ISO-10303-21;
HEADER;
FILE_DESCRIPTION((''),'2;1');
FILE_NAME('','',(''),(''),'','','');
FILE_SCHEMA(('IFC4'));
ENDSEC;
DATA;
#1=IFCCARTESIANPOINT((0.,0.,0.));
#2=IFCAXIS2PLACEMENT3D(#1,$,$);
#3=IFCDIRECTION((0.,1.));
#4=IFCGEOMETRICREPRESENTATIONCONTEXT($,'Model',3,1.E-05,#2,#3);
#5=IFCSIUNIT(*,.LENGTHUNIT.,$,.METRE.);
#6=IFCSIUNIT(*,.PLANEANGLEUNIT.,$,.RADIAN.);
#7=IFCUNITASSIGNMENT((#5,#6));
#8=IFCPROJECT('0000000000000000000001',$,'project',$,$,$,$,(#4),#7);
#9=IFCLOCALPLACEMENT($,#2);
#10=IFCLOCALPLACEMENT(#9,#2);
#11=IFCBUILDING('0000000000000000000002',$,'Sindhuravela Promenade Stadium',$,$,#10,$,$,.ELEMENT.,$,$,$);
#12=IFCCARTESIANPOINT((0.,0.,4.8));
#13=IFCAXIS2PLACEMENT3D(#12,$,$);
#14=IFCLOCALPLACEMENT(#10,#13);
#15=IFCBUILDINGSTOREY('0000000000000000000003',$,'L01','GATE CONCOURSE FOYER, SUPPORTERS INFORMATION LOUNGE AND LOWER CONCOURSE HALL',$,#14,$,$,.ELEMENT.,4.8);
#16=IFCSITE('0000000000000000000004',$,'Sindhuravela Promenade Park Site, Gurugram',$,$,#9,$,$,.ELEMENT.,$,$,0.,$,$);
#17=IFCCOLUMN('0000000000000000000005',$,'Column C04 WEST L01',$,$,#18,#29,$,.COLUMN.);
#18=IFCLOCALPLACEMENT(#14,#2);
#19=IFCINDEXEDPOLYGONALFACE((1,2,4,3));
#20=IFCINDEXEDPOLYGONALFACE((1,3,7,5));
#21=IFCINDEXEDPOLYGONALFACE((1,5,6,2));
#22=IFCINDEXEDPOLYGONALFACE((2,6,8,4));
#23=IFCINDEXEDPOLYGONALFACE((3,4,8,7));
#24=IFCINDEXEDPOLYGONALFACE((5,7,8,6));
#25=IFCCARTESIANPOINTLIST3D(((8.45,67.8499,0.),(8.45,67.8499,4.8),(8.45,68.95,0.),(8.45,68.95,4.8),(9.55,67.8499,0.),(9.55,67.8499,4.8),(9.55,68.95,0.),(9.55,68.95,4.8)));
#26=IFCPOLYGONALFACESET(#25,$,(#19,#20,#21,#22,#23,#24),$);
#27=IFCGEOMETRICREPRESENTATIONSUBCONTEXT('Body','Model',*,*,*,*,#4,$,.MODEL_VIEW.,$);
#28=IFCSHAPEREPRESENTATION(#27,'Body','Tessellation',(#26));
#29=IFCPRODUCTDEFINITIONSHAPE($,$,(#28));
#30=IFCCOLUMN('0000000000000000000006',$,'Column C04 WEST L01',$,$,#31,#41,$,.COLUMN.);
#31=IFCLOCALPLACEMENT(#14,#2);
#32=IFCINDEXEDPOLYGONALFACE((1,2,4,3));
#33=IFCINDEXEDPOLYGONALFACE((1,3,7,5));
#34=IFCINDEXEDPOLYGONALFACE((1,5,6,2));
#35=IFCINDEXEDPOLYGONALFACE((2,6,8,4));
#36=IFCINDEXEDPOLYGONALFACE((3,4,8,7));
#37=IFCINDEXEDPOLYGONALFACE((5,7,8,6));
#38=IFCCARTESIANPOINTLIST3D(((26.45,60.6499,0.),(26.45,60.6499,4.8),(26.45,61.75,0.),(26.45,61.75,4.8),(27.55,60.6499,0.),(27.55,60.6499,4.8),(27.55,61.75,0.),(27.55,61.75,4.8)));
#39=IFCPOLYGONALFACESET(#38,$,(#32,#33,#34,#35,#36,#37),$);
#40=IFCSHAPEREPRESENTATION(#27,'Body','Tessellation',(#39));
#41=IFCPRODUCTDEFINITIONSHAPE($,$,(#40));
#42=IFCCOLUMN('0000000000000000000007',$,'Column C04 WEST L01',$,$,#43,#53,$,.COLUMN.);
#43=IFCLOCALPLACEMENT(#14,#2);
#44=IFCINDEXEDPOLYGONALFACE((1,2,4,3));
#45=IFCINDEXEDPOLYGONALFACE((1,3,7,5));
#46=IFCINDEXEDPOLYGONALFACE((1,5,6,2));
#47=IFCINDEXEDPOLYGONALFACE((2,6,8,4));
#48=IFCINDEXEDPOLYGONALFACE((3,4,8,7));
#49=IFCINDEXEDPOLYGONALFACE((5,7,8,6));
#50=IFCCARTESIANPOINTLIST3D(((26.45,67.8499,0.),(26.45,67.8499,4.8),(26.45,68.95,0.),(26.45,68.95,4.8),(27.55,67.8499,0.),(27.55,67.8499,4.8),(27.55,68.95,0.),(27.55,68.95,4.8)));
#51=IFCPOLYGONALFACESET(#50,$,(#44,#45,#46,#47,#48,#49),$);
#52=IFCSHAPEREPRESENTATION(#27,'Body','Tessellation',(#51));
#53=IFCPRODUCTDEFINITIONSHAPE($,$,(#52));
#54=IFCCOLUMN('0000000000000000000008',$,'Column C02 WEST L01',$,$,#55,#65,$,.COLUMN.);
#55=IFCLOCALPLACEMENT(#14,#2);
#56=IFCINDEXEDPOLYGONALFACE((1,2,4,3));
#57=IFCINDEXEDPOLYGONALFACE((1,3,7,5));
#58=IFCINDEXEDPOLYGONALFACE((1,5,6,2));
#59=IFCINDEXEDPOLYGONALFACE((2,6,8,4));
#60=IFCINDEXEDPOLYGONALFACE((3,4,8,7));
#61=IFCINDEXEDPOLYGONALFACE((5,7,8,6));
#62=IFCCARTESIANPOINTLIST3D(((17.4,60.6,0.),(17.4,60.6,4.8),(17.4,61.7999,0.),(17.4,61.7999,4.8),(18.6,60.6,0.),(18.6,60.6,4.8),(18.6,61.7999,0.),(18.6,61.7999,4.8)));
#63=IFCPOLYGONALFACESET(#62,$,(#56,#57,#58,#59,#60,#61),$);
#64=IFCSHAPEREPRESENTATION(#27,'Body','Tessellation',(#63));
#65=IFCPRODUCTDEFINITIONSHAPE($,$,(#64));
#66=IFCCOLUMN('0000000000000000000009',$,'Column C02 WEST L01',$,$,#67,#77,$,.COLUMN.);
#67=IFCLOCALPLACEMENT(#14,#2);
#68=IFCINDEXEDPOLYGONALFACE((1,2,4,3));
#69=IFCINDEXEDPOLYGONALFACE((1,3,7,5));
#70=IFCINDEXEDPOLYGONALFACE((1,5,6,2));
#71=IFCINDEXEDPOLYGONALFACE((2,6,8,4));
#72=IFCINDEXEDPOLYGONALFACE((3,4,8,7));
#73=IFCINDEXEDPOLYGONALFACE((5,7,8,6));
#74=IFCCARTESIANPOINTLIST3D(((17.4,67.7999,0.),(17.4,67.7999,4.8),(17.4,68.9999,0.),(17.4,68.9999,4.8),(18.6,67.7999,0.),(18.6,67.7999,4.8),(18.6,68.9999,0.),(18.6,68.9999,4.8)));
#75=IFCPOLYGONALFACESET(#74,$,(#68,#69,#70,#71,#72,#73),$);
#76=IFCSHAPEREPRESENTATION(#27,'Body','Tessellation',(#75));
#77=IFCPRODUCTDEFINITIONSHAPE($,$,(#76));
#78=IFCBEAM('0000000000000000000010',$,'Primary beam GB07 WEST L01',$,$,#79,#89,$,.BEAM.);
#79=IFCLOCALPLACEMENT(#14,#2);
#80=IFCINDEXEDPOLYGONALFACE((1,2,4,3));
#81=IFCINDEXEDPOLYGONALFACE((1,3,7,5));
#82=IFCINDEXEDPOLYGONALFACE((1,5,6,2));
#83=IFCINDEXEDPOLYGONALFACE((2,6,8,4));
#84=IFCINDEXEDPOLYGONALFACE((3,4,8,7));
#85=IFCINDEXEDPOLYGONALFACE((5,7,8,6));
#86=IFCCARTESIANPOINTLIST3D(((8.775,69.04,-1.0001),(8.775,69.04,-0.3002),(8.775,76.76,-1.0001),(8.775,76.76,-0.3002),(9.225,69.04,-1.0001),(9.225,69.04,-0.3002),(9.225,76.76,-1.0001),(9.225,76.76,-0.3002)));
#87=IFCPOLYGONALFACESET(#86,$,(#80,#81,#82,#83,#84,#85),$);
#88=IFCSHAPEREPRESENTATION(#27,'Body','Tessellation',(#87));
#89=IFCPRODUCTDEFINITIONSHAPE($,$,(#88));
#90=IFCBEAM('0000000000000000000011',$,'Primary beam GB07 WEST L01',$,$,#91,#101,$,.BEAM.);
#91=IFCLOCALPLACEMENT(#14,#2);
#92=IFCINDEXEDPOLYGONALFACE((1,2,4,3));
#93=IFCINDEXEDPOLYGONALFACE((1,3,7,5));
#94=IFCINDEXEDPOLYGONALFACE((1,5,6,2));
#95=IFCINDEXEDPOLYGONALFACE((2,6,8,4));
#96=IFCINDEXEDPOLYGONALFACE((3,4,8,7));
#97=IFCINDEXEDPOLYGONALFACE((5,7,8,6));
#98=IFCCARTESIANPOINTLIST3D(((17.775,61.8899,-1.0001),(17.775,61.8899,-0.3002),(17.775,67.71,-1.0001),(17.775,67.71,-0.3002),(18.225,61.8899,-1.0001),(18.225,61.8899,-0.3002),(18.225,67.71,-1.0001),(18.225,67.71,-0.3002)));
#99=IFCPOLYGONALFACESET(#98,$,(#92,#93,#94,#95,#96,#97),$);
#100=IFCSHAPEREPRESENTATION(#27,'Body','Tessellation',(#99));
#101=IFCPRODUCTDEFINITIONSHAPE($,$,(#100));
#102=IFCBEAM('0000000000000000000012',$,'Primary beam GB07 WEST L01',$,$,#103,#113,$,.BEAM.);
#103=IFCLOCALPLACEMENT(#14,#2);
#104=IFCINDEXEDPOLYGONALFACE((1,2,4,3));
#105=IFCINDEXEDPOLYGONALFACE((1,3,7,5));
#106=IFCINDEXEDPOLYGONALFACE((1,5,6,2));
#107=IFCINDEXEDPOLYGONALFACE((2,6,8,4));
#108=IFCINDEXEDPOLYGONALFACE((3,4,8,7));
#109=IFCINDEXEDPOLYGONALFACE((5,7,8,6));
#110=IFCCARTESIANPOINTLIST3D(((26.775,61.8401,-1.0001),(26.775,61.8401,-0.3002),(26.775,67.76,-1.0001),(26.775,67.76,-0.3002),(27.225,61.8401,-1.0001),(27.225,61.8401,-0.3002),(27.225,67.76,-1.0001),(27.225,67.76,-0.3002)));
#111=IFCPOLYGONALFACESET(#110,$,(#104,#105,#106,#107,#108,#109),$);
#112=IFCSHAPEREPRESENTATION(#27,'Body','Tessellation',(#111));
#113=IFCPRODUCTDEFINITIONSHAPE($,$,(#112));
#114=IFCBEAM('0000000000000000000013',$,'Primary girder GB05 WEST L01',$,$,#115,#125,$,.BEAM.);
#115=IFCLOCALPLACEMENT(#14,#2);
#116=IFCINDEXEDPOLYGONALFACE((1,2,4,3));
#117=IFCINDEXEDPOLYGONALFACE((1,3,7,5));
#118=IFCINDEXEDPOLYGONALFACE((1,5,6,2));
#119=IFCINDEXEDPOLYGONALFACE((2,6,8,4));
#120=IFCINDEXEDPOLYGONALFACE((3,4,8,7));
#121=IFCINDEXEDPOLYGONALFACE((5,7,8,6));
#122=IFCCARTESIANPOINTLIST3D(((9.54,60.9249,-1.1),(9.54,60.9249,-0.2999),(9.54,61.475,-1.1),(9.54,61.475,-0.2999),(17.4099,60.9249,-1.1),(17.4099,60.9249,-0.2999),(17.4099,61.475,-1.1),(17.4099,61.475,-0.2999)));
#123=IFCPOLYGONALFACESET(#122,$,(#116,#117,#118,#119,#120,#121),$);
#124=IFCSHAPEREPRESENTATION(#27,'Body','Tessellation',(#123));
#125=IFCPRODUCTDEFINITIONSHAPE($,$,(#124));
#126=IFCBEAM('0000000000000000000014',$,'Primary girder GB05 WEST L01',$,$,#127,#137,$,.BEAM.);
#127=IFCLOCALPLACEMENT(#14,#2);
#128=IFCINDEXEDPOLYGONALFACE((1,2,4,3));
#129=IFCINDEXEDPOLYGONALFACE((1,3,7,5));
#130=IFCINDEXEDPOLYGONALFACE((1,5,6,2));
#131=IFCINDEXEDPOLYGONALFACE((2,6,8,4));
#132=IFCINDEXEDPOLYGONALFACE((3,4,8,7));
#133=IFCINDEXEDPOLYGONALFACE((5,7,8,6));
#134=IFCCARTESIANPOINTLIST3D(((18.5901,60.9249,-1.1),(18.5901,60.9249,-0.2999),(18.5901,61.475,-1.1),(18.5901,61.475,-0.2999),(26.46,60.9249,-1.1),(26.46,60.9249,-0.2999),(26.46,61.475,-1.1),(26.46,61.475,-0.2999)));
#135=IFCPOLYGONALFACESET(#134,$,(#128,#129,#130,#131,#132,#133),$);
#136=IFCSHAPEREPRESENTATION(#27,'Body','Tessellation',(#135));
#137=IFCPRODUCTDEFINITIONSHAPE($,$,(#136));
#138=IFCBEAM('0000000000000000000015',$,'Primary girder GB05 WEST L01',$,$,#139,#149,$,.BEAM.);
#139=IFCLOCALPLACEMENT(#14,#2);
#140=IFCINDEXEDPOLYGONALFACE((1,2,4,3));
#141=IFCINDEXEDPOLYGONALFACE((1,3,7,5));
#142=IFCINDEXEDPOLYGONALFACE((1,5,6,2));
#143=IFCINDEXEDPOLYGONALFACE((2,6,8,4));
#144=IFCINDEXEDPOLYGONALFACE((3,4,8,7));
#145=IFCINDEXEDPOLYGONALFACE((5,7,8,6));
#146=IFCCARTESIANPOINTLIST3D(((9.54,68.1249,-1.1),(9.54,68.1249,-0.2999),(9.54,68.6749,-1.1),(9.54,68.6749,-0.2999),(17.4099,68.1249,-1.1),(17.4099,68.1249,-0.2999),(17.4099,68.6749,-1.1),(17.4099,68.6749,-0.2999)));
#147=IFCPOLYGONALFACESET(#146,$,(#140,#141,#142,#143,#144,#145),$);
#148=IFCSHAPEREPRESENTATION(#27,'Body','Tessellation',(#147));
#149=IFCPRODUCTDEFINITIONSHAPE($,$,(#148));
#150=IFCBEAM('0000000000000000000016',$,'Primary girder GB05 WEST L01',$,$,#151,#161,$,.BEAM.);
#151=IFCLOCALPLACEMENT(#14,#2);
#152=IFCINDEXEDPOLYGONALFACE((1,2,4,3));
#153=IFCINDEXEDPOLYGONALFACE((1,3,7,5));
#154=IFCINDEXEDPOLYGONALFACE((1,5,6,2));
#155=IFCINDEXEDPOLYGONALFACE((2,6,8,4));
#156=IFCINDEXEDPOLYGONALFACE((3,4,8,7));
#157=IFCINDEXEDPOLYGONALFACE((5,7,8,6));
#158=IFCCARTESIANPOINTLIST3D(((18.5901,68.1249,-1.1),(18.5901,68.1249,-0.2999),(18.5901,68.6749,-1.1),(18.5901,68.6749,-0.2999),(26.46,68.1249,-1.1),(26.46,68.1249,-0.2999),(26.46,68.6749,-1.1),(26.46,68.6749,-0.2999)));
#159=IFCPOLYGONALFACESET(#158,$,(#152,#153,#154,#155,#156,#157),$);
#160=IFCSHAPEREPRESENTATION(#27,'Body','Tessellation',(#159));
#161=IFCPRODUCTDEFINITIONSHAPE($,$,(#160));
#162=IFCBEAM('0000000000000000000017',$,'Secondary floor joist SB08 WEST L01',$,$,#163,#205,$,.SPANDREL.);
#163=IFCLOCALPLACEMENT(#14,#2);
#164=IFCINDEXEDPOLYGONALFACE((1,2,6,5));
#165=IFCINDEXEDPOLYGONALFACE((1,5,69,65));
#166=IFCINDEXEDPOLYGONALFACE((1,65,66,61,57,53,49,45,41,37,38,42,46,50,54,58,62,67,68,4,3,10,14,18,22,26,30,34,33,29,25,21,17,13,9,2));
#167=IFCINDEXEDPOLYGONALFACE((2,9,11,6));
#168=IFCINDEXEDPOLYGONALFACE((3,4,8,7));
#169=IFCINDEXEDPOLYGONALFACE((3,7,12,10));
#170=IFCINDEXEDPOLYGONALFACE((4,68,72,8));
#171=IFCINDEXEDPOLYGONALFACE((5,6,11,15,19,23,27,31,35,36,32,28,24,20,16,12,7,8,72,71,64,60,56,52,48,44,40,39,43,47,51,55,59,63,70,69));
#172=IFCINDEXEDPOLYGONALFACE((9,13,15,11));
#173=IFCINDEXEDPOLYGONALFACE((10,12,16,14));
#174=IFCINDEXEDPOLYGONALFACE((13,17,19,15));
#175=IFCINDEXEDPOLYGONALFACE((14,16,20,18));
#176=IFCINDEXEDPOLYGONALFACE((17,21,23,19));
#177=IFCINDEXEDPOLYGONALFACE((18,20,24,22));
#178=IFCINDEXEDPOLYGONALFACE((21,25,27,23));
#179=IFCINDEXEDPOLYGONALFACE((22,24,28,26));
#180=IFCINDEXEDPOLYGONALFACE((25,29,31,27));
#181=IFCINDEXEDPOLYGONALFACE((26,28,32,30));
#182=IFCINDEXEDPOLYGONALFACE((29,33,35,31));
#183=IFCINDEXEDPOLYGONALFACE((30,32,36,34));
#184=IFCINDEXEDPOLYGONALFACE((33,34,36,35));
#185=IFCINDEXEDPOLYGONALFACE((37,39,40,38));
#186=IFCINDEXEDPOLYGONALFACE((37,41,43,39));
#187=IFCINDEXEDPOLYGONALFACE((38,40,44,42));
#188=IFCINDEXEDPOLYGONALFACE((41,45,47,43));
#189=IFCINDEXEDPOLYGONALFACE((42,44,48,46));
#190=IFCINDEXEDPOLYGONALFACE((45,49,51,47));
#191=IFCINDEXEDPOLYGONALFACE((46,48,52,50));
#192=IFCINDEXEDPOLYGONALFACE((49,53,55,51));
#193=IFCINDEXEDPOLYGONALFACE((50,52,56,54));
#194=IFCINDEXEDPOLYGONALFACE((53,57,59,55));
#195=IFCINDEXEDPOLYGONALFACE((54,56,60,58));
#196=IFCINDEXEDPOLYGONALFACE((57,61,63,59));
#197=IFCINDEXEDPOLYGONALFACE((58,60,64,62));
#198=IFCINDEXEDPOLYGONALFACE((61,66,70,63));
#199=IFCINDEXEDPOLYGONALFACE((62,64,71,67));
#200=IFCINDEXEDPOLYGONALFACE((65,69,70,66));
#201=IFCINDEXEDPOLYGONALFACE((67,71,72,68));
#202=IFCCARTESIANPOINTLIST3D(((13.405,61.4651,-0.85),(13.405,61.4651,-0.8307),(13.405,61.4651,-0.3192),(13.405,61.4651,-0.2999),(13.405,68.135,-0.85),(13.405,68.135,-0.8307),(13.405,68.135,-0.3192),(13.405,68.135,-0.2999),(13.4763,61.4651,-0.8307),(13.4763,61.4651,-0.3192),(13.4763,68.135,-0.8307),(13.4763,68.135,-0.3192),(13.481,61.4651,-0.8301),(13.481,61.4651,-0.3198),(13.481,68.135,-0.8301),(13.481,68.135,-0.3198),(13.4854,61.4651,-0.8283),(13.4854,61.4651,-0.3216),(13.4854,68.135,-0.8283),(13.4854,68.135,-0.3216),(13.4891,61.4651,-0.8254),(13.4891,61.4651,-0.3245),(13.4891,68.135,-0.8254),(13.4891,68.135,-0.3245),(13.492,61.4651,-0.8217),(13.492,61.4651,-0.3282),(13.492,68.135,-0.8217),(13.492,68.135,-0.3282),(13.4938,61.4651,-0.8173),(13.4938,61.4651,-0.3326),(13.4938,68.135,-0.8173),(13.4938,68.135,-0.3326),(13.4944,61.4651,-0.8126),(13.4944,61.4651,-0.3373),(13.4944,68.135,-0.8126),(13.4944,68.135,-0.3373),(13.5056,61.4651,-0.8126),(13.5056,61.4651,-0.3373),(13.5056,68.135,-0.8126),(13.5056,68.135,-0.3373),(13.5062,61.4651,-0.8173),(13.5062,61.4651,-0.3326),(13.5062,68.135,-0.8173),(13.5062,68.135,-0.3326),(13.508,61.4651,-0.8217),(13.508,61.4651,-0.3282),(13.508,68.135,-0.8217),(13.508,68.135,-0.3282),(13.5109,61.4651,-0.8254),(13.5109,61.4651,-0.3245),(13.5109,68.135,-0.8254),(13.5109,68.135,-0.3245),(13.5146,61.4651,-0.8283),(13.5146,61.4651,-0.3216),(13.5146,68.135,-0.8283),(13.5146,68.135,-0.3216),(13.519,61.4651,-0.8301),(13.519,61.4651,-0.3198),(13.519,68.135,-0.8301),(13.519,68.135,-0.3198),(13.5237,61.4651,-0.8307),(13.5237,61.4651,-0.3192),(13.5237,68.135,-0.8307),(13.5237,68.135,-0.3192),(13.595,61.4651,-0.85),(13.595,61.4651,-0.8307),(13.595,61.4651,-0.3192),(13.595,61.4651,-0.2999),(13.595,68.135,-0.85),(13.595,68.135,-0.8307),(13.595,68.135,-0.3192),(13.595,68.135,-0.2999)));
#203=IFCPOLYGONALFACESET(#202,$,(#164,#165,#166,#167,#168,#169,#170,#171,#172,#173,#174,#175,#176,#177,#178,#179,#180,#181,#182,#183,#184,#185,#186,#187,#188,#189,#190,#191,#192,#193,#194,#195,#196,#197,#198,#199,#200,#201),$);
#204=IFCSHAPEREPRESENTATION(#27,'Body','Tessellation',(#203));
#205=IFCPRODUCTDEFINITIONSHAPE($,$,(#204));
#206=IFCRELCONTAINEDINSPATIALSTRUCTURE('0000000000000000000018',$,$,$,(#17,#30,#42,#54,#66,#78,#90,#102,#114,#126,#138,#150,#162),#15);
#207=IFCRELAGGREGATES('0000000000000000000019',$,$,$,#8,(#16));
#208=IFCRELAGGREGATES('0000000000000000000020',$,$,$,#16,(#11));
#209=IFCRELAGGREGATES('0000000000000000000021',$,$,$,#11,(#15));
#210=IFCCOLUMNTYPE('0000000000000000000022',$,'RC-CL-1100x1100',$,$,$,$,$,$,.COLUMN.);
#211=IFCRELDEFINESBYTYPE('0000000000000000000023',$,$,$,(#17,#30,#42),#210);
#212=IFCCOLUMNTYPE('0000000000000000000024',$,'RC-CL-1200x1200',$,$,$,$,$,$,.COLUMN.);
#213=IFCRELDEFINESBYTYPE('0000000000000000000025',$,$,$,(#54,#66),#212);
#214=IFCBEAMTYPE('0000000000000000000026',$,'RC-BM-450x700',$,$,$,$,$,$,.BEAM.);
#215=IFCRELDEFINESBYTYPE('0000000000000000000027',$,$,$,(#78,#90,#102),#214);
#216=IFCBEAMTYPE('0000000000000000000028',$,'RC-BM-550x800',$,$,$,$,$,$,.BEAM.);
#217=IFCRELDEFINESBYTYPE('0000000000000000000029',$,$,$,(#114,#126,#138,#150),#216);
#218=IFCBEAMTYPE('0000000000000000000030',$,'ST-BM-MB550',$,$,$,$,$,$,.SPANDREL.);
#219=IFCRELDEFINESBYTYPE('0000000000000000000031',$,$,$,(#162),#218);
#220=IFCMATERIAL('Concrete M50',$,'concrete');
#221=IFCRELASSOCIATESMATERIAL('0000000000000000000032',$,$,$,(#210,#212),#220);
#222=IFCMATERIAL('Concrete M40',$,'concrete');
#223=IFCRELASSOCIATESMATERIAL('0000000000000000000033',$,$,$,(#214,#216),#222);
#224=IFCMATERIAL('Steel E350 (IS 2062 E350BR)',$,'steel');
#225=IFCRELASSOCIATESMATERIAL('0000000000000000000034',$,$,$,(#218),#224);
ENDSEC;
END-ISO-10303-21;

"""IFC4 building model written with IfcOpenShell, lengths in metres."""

from ifc_helpers import new_model, si_unit, direction, frame, origin, origin_2d, place, context, subcontext, project, spatial, rectangle, i_section, extrude, material, material_profile, profile_set, type_object, element, save


model = new_model("IFC4")

# Units and contexts
model_context = context("Model", 3, precision=1e-05, world=origin(), true_north=direction((0.0, 1.0)))
body_context = subcontext(model_context, "Body", "Model", "MODEL_VIEW")
ifc_project = project(units=[si_unit("LENGTHUNIT", "METRE"), si_unit("PLANEANGLEUNIT", "RADIAN")], contexts=[model_context])

# Site, building, storey
site_placement = place(None, origin())
site = spatial("IfcSite", under=ifc_project, at=site_placement, Name="Sindhuravela Promenade Park Site, Gurugram", CompositionType="ELEMENT", RefElevation=0.0)
building_placement = place(site_placement, origin())
building = spatial("IfcBuilding", under=site, at=building_placement, Name="Sindhuravela Promenade Stadium", CompositionType="ELEMENT")
storey_placement = place(building_placement, frame((0.0, 0.0, 4.8)))
storey = spatial("IfcBuildingStorey", under=building, at=storey_placement, Name="L01", Description="GATE CONCOURSE FOYER, SUPPORTERS INFORMATION LOUNGE AND LOWER CONCOURSE HALL", CompositionType="ELEMENT", Elevation=4.8)

# Columns
ifc_material_1 = material(Name="Concrete M50", Category="concrete")
ifc_material_profile_1 = material_profile(ifc_material_1, rectangle(XDim=1.1001, YDim=1.1001, at=origin_2d()), Name="RC 1100x1100")
ifc_profile_set_1 = profile_set([ifc_material_profile_1], Name="Concrete M50")
column_type_1 = type_object("IfcColumnType", Name="RC-CL-1100x1100", PredefinedType="COLUMN", material=ifc_profile_set_1)
for number, where, z_axis, x_axis, name in (
    (1, (9.0, 68.3999, 0.0), (0.0, 0.0, 1.0), (1.0, 0.0, 0.0), "Column C04 WEST L01"),
    (2, (27.0, 61.2, 0.0), (0.0, 0.0, 1.0), (1.0, 0.0, 0.0), "Column C04 WEST L01"),
    (3, (27.0, 68.3999, 0.0), (0.0, 0.0, 1.0), (1.0, 0.0, 0.0), "Column C04 WEST L01"),
):
    element("IfcColumn", number, at=place(storey_placement, frame(where, z_axis=z_axis, x_axis=x_axis)), inside=storey, type_object=column_type_1, Name=name, PredefinedType="COLUMN", context=body_context, shape_type="SweptSolid", body=[
        extrude(rectangle(XDim=1.1001, YDim=1.1001, at=origin_2d()), origin(), (0.0, 0.0, 1.0), 4.8),
    ])
ifc_material_profile_2 = material_profile(ifc_material_1, rectangle(XDim=1.2, YDim=1.2, at=origin_2d()), Name="RC 1200x1200")
ifc_profile_set_2 = profile_set([ifc_material_profile_2], Name="Concrete M50")
column_type_2 = type_object("IfcColumnType", Name="RC-CL-1200x1200", PredefinedType="COLUMN", material=ifc_profile_set_2)
for number, where, z_axis, x_axis, name in (
    (4, (18.0, 61.2, 0.0), (0.0, 0.0, 1.0), (1.0, 0.0, 0.0), "Column C02 WEST L01"),
    (5, (18.0, 68.3999, 0.0), (0.0, 0.0, 1.0), (1.0, 0.0, 0.0), "Column C02 WEST L01"),
):
    element("IfcColumn", number, at=place(storey_placement, frame(where, z_axis=z_axis, x_axis=x_axis)), inside=storey, type_object=column_type_2, Name=name, PredefinedType="COLUMN", context=body_context, shape_type="SweptSolid", body=[
        extrude(rectangle(XDim=1.2, YDim=1.2, at=origin_2d()), origin(), (0.0, 0.0, 1.0), 4.8),
    ])

# Beams
ifc_material_2 = material(Name="Concrete M40", Category="concrete")
ifc_material_profile_3 = material_profile(ifc_material_2, rectangle(XDim=0.45, YDim=0.7, at=origin_2d()), Name="RC 450x700")
ifc_profile_set_3 = profile_set([ifc_material_profile_3], Name="Concrete M40")
beam_type_1 = type_object("IfcBeamType", Name="RC-BM-450x700", PredefinedType="BEAM", material=ifc_profile_set_3)
beam_1_placement = place(storey_placement, frame((9.0, 69.04, -0.6501), z_axis=(0.0, 1.0, 0.0), x_axis=(-1.0, 0.0, 0.0)))
element("IfcBeam", 6, at=beam_1_placement, inside=storey, type_object=beam_type_1, Name="Primary beam GB07 WEST L01", PredefinedType="BEAM", context=body_context, shape_type="SweptSolid", body=[
    extrude(rectangle(XDim=0.45, YDim=0.7, at=origin_2d()), origin(), (0.0, 0.0, 1.0), 7.72),
])
beam_2_placement = place(storey_placement, frame((18.0, 61.8899, -0.6501), z_axis=(0.0, 1.0, 0.0), x_axis=(-1.0, 0.0, 0.0)))
element("IfcBeam", 7, at=beam_2_placement, inside=storey, type_object=beam_type_1, Name="Primary beam GB07 WEST L01", PredefinedType="BEAM", context=body_context, shape_type="SweptSolid", body=[
    extrude(rectangle(XDim=0.45, YDim=0.7, at=origin_2d()), origin(), (0.0, 0.0, 1.0), 5.8201),
])
beam_3_placement = place(storey_placement, frame((27.0, 61.8401, -0.6501), z_axis=(0.0, 1.0, 0.0), x_axis=(-1.0, 0.0, 0.0)))
element("IfcBeam", 8, at=beam_3_placement, inside=storey, type_object=beam_type_1, Name="Primary beam GB07 WEST L01", PredefinedType="BEAM", context=body_context, shape_type="SweptSolid", body=[
    extrude(rectangle(XDim=0.45, YDim=0.7, at=origin_2d()), origin(), (0.0, 0.0, 1.0), 5.9199),
])
ifc_material_profile_4 = material_profile(ifc_material_2, rectangle(XDim=0.55, YDim=0.8, at=origin_2d()), Name="RC 550x800")
ifc_profile_set_4 = profile_set([ifc_material_profile_4], Name="Concrete M40")
beam_type_2 = type_object("IfcBeamType", Name="RC-BM-550x800", PredefinedType="BEAM", material=ifc_profile_set_4)
for number, where, z_axis, x_axis, name in (
    (9, (9.54, 61.2, -0.7), (1.0, 0.0, 0.0), (0.0, 1.0, 0.0), "Primary girder GB05 WEST L01"),
    (10, (18.5901, 61.2, -0.7), (1.0, 0.0, 0.0), (0.0, 1.0, 0.0), "Primary girder GB05 WEST L01"),
    (11, (9.54, 68.3999, -0.7), (1.0, 0.0, 0.0), (0.0, 1.0, 0.0), "Primary girder GB05 WEST L01"),
    (12, (18.5901, 68.3999, -0.7), (1.0, 0.0, 0.0), (0.0, 1.0, 0.0), "Primary girder GB05 WEST L01"),
):
    element("IfcBeam", number, at=place(storey_placement, frame(where, z_axis=z_axis, x_axis=x_axis)), inside=storey, type_object=beam_type_2, Name=name, PredefinedType="BEAM", context=body_context, shape_type="SweptSolid", body=[
        extrude(rectangle(XDim=0.55, YDim=0.8, at=origin_2d()), origin(), (0.0, 0.0, 1.0), 7.8699),
    ])
ifc_material_3 = material(Name="Steel E350 (IS 2062 E350BR)", Category="steel")
ifc_material_profile_5 = material_profile(ifc_material_3, i_section(OverallWidth=0.1899, OverallDepth=0.55, WebThickness=0.0112, FlangeThickness=0.0193, FilletRadius=0.0181, at=origin_2d()), Name="ISMB 550")
ifc_profile_set_5 = profile_set([ifc_material_profile_5], Name="Steel E350 (IS 2062 E350BR)")
beam_type_3 = type_object("IfcBeamType", Name="ST-BM-MB550", PredefinedType="SPANDREL", material=ifc_profile_set_5)
beam_4_placement = place(storey_placement, frame((13.5, 61.4651, -0.575), z_axis=(0.0, 1.0, 0.0), x_axis=(-1.0, 0.0, 0.0)))
element("IfcBeam", 13, at=beam_4_placement, inside=storey, type_object=beam_type_3, Name="Secondary floor joist SB08 WEST L01", PredefinedType="SPANDREL", context=body_context, shape_type="SweptSolid", body=[
    extrude(i_section(OverallWidth=0.1899, OverallDepth=0.55, WebThickness=0.0112, FlangeThickness=0.0193, FilletRadius=0.0181, at=origin_2d()), origin(), (0.0, 0.0, 1.0), 6.6699),
])

save(model, "model.ifc")
